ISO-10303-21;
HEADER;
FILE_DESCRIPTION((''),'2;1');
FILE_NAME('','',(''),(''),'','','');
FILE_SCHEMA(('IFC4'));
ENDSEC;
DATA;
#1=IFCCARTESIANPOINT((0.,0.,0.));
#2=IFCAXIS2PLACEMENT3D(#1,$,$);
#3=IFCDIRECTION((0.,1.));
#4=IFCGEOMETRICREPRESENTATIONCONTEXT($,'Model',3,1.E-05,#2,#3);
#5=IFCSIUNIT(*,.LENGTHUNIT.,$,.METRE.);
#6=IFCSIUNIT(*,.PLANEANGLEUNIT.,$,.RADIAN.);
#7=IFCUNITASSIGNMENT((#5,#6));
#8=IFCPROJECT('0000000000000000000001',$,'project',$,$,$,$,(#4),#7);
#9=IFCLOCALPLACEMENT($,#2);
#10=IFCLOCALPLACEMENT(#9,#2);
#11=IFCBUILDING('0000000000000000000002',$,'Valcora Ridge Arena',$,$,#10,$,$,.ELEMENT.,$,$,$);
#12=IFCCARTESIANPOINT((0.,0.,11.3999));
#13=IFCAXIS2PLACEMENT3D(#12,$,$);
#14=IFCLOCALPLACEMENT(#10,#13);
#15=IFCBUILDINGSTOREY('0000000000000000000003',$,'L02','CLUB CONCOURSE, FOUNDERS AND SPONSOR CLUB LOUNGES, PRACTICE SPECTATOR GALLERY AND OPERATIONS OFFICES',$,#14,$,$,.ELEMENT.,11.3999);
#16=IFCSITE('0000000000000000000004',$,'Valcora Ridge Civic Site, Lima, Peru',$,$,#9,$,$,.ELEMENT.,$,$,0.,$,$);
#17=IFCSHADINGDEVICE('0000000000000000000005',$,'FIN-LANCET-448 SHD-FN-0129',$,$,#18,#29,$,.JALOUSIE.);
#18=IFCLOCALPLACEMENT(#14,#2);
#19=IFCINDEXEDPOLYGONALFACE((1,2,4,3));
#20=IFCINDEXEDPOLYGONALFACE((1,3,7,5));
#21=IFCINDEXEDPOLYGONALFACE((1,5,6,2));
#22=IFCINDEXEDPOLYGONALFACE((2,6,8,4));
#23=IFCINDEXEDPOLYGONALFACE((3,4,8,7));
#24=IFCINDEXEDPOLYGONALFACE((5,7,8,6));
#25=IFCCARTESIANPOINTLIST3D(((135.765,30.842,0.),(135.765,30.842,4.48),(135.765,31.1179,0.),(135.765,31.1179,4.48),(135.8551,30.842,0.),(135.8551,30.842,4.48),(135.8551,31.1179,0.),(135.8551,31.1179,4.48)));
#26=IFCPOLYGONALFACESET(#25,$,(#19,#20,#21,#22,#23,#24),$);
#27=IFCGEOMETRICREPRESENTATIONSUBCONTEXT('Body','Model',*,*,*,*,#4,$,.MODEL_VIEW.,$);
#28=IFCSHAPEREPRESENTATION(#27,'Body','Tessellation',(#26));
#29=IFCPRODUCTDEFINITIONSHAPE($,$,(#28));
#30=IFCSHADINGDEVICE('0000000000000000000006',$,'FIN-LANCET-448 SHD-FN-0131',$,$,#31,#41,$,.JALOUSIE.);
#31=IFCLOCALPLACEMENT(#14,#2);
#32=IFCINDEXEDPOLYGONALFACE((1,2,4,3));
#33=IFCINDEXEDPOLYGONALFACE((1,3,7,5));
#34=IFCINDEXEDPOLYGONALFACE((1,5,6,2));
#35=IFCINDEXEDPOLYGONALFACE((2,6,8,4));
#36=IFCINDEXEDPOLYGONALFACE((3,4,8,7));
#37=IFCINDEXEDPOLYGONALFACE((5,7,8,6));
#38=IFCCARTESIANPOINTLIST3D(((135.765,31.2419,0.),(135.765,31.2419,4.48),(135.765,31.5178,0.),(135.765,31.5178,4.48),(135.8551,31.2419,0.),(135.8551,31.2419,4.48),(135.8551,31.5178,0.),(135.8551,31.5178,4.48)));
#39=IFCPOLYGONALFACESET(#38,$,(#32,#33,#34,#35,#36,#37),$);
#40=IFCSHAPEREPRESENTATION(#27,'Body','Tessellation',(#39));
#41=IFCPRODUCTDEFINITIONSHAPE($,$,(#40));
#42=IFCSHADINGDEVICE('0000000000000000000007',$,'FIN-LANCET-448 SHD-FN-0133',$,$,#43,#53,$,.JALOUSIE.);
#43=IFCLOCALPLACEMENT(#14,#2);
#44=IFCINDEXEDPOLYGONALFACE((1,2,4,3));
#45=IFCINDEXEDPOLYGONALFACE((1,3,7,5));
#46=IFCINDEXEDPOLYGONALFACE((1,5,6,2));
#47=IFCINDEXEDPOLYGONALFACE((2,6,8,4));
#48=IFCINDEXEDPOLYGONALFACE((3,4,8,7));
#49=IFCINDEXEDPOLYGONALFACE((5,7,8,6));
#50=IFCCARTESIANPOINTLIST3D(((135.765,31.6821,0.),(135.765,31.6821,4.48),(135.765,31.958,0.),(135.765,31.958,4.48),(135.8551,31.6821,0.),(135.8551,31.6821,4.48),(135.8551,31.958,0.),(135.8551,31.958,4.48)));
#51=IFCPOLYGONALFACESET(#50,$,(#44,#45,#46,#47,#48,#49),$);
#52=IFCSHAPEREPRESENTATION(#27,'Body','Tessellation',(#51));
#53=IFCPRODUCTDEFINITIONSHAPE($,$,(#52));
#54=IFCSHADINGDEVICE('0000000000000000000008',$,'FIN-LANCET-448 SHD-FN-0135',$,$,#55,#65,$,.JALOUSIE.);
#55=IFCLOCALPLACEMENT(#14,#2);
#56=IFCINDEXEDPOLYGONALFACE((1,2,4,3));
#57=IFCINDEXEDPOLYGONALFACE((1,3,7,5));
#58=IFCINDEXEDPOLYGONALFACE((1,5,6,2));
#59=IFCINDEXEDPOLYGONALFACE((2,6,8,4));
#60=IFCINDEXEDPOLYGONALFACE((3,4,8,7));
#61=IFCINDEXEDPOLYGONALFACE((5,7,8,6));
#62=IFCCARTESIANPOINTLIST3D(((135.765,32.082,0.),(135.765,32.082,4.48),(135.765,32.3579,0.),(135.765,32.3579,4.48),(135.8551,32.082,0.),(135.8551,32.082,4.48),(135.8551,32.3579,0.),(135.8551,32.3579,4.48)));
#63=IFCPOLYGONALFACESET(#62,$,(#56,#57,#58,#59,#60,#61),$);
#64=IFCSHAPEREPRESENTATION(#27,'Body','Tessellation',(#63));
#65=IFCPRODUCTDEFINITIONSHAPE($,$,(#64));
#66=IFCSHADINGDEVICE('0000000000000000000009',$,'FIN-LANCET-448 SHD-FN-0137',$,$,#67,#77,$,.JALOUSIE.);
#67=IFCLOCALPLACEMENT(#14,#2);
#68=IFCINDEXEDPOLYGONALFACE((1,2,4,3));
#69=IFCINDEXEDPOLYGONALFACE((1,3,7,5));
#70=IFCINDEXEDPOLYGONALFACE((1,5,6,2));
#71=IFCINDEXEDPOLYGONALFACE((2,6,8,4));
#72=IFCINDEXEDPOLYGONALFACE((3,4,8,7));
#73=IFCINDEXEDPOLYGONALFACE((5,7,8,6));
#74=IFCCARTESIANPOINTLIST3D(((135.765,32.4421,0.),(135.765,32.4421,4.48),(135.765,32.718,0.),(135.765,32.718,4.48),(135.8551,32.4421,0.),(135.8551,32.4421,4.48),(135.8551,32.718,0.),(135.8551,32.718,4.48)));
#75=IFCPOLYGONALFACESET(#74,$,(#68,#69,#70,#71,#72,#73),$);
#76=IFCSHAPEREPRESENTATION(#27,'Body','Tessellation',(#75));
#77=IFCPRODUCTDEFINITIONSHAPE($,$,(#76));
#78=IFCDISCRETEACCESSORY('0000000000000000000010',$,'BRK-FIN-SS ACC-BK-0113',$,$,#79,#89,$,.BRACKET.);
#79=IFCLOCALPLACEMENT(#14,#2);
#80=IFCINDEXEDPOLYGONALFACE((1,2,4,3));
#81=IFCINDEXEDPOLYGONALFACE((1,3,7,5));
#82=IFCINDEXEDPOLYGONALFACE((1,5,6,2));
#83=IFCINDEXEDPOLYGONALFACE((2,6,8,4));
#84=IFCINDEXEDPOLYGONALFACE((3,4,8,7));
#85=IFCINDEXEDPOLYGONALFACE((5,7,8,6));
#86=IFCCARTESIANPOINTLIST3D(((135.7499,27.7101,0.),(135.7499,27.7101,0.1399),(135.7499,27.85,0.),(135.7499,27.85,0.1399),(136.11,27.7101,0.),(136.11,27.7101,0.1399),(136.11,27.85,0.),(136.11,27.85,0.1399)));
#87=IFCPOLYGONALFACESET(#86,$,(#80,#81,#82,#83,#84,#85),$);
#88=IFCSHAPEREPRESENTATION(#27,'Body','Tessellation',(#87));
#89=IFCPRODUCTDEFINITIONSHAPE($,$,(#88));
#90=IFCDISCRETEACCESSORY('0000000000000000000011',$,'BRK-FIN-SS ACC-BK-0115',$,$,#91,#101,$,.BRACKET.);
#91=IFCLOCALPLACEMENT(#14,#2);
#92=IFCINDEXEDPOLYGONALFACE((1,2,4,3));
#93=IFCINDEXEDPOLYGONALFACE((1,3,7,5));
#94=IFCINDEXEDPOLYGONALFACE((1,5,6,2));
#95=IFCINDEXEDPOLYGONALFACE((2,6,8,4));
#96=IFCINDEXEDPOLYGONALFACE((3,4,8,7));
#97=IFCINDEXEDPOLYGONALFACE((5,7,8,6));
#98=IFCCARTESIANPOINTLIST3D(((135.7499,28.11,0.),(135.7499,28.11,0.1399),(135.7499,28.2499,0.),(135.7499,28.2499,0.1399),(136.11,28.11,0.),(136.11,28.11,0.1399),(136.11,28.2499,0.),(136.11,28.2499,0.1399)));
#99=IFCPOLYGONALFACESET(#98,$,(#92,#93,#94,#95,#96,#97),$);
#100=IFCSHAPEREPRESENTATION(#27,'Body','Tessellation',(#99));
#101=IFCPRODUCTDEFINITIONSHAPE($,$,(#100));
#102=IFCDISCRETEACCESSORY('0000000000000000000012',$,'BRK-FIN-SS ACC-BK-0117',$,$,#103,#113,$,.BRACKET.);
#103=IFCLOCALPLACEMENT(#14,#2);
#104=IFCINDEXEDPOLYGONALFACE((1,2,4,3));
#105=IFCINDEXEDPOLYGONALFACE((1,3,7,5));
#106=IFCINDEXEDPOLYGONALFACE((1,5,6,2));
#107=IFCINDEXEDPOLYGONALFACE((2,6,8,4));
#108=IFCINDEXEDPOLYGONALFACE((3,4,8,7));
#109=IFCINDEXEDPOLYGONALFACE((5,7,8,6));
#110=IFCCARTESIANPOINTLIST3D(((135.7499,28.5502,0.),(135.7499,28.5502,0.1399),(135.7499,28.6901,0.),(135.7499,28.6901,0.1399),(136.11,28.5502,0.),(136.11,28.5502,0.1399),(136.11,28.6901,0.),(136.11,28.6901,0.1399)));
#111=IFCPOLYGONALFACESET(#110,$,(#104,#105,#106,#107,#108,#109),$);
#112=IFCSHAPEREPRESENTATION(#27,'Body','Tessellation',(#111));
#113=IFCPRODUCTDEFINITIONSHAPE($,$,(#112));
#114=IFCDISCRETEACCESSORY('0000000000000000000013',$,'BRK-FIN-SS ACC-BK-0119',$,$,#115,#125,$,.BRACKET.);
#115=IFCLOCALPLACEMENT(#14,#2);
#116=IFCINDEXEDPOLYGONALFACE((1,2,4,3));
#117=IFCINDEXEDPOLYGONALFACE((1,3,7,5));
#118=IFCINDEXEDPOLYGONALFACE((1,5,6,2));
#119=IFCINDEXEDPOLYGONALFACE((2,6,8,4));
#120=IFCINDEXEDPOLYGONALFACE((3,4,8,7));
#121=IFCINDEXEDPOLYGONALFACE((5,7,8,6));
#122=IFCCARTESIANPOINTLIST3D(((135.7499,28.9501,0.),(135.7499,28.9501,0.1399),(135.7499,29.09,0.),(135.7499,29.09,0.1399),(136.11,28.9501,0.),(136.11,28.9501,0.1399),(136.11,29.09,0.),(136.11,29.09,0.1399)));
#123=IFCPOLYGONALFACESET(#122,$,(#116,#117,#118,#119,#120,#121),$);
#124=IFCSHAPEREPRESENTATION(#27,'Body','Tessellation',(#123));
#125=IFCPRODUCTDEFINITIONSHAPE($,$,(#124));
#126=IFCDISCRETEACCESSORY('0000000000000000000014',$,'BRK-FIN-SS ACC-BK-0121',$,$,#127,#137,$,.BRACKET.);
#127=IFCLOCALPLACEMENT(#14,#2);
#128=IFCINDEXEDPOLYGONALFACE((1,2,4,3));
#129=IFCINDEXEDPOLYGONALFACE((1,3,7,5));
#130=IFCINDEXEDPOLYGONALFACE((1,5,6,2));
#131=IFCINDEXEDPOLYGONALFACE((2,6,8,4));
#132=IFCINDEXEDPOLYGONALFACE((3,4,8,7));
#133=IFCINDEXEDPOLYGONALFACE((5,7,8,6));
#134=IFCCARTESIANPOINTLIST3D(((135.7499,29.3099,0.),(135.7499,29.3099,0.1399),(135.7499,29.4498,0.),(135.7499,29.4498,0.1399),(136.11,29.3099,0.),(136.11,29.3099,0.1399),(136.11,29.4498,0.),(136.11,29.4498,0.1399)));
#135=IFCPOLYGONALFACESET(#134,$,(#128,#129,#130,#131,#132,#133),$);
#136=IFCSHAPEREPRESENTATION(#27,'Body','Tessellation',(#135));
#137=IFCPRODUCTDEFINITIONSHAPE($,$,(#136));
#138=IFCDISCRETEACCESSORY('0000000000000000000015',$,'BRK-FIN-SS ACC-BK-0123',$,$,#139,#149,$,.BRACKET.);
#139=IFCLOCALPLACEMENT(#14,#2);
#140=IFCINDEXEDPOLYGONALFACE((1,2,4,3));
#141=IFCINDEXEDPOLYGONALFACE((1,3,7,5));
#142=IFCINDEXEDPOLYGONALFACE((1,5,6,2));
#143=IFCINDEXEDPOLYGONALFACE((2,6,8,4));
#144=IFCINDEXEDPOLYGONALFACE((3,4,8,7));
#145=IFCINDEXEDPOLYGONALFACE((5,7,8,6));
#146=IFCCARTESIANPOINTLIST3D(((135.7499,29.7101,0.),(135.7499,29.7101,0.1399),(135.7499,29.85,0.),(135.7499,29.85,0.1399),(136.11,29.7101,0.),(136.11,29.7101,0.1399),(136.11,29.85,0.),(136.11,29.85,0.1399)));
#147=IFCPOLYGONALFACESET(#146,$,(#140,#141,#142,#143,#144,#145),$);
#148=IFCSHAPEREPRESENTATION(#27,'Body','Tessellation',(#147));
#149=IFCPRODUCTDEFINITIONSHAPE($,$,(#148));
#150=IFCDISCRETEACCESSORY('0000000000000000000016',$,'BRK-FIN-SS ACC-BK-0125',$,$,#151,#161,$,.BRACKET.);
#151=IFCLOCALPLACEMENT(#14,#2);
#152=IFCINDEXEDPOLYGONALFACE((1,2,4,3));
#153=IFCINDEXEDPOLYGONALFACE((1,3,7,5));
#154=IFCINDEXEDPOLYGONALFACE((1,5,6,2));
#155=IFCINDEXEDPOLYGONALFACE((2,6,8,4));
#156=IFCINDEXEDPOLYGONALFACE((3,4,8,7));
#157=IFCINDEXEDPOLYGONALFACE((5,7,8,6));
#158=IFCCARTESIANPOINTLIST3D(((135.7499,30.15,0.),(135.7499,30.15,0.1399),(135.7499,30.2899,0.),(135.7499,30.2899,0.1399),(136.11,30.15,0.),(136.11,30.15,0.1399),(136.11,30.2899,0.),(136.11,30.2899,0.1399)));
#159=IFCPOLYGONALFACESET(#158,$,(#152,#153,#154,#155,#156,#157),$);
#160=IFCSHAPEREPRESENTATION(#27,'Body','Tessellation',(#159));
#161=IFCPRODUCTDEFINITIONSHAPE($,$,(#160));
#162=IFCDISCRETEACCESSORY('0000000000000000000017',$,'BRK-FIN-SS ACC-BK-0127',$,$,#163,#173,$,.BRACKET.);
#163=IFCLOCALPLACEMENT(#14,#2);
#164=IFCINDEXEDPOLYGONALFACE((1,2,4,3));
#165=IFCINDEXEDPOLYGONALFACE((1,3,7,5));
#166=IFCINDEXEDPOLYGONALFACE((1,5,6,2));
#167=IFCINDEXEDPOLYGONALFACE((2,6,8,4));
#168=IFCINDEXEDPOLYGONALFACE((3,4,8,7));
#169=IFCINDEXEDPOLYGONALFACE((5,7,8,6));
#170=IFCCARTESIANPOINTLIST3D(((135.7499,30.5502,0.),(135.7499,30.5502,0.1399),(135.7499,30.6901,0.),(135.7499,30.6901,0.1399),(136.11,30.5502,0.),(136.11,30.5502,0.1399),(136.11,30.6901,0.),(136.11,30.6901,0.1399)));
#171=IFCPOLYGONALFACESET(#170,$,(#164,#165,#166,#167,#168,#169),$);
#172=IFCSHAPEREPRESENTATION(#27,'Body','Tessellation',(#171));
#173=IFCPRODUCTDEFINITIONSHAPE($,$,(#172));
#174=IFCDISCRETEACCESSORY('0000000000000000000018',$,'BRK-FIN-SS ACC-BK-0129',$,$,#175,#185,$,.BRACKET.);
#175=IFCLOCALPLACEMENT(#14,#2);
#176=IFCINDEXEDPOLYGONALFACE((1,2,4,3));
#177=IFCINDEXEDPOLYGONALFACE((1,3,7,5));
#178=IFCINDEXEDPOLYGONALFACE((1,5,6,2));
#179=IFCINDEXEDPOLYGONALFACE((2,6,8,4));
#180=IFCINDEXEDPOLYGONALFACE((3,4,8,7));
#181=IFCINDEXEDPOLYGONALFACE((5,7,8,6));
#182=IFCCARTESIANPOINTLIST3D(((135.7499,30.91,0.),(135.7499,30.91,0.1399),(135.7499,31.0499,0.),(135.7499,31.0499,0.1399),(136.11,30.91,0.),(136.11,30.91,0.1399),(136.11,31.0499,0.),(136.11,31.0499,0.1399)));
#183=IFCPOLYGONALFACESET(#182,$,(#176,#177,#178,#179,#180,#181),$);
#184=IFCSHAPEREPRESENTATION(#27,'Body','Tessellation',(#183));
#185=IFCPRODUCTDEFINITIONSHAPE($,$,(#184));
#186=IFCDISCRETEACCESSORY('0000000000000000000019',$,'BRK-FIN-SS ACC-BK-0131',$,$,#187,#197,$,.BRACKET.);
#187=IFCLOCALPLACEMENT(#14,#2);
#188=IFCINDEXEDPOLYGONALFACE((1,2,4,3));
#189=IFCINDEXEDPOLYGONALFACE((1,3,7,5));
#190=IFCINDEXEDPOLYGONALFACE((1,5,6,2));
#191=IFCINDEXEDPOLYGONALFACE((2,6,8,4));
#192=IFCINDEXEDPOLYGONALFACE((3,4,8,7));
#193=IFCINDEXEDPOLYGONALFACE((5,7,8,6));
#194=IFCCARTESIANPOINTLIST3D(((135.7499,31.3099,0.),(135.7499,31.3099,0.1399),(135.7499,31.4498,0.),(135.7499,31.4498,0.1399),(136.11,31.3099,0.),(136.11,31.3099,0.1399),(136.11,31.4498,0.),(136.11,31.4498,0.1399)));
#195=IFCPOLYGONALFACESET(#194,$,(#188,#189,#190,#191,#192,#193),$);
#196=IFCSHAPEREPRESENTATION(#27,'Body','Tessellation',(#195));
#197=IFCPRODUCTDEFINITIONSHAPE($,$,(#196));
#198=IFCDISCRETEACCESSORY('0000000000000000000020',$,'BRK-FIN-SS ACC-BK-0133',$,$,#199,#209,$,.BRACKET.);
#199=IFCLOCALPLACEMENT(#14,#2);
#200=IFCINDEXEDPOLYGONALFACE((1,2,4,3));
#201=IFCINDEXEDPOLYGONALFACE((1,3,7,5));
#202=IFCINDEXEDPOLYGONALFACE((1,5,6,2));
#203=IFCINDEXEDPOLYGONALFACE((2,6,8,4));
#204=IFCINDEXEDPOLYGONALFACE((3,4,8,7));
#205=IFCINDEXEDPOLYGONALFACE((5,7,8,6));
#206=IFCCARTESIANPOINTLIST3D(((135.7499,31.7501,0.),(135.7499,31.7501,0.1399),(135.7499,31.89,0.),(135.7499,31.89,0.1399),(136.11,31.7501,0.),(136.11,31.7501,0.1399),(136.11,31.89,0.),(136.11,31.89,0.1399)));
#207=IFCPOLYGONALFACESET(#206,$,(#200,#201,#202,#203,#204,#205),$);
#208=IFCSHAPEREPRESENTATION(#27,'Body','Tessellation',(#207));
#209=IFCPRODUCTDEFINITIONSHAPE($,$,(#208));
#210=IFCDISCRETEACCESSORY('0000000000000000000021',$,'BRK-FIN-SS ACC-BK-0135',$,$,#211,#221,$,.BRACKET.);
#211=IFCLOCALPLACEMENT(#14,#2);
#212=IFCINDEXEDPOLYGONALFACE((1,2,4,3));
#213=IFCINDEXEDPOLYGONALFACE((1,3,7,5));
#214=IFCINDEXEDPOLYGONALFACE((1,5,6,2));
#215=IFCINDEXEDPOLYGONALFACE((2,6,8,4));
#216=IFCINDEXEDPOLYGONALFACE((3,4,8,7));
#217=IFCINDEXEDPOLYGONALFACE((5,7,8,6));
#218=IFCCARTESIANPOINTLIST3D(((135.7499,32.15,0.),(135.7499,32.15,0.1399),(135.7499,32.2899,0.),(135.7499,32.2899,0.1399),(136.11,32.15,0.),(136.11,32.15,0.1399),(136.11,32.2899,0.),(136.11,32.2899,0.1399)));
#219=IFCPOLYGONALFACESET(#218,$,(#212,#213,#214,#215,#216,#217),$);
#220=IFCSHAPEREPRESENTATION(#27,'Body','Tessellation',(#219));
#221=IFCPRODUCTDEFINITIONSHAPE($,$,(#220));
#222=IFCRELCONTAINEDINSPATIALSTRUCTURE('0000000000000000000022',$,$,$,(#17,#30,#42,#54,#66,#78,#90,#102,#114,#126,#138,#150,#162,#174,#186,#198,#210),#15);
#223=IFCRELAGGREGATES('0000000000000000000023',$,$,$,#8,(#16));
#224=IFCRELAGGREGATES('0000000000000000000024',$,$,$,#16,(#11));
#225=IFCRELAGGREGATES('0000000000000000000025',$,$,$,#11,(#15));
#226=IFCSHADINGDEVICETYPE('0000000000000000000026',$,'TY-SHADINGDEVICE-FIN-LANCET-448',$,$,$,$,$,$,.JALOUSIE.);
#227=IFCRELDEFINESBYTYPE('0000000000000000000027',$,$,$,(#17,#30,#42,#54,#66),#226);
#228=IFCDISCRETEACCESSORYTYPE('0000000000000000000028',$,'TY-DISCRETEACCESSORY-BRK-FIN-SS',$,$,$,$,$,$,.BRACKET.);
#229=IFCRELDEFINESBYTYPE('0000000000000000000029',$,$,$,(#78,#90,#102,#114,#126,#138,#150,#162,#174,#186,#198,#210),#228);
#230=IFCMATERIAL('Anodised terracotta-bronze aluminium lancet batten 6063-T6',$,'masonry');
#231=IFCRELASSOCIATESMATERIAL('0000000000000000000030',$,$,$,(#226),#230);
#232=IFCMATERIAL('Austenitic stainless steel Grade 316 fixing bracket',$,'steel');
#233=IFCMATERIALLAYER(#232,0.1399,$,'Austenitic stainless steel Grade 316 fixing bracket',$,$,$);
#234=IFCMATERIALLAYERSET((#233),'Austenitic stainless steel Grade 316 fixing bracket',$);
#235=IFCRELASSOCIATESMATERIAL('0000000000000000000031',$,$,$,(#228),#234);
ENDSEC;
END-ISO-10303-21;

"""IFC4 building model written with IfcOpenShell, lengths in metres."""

from ifc_helpers import new_model, si_unit, direction, frame, origin, origin_2d, place, context, subcontext, project, spatial, rectangle, extrude, material, layer, layer_set, material_profile, profile_set, type_object, element, save


model = new_model("IFC4")

# Units and contexts
model_context = context("Model", 3, precision=1e-05, world=origin(), true_north=direction((0.0, 1.0)))
body_context = subcontext(model_context, "Body", "Model", "MODEL_VIEW")
ifc_project = project(units=[si_unit("LENGTHUNIT", "METRE"), si_unit("PLANEANGLEUNIT", "RADIAN")], contexts=[model_context])

# Site, building, storey
site_placement = place(None, origin())
site = spatial("IfcSite", under=ifc_project, at=site_placement, Name="Valcora Ridge Civic Site, Lima, Peru", CompositionType="ELEMENT", RefElevation=0.0)
building_placement = place(site_placement, origin())
building = spatial("IfcBuilding", under=site, at=building_placement, Name="Valcora Ridge Arena", CompositionType="ELEMENT")
storey_placement = place(building_placement, frame((0.0, 0.0, 11.3999)))
storey = spatial("IfcBuildingStorey", under=building, at=storey_placement, Name="L02", Description="CLUB CONCOURSE, FOUNDERS AND SPONSOR CLUB LOUNGES, PRACTICE SPECTATOR GALLERY AND OPERATIONS OFFICES", CompositionType="ELEMENT", Elevation=11.3999)

# Shared definitions
ifc_material_1 = material(Name="Anodised terracotta-bronze aluminium lancet batten 6063-T6", Category="masonry")

# Shading devices
ifc_material_profile = material_profile(ifc_material_1, rectangle(XDim=0.0901, YDim=0.2759, at=origin_2d()), Name="ALU LANCET BATTEN 90x276")
ifc_profile_set = profile_set([ifc_material_profile], Name="Anodised terracotta-bronze aluminium lancet batten 6063-T6")
shading_device_type = type_object("IfcShadingDeviceType", Name="TY-SHADINGDEVICE-FIN-LANCET-448", PredefinedType="JALOUSIE", material=ifc_profile_set)
for number, where, z_axis, x_axis, name in (
    (1, (135.8101, 30.98, 0.0), (0.0, 0.0, 1.0), (1.0, 0.0, 0.0), "FIN-LANCET-448 SHD-FN-0129"),
    (2, (135.8101, 31.3799, 0.0), (0.0, 0.0, 1.0), (1.0, 0.0, 0.0), "FIN-LANCET-448 SHD-FN-0131"),
    (3, (135.8101, 31.8201, 0.0), (0.0, 0.0, 1.0), (1.0, 0.0, 0.0), "FIN-LANCET-448 SHD-FN-0133"),
    (4, (135.8101, 32.22, 0.0), (0.0, 0.0, 1.0), (1.0, 0.0, 0.0), "FIN-LANCET-448 SHD-FN-0135"),
    (5, (135.8101, 32.5801, 0.0), (0.0, 0.0, 1.0), (1.0, 0.0, 0.0), "FIN-LANCET-448 SHD-FN-0137"),
):
    element("IfcShadingDevice", number, at=place(storey_placement, frame(where, z_axis=z_axis, x_axis=x_axis)), inside=storey, type_object=shading_device_type, Name=name, PredefinedType="JALOUSIE", context=body_context, shape_type="SweptSolid", body=[
        extrude(rectangle(XDim=0.0901, YDim=0.2759, at=origin_2d()), origin(), (0.0, 0.0, 1.0), 4.48),
    ])

# Discrete accessories
ifc_material_2 = material(Name="Austenitic stainless steel Grade 316 fixing bracket", Category="steel")
ifc_layer_1 = layer(ifc_material_2, 0.1399, Name="Austenitic stainless steel Grade 316 fixing bracket")
ifc_layer_set_1 = layer_set([ifc_layer_1], Name="Austenitic stainless steel Grade 316 fixing bracket")
discrete_accessory_type = type_object("IfcDiscreteAccessoryType", Name="TY-DISCRETEACCESSORY-BRK-FIN-SS", PredefinedType="BRACKET", material=ifc_layer_set_1)
for number, where, z_axis, x_axis, name in (
    (6, (135.9299, 27.78, 0.0), (0.0, 0.0, 1.0), (1.0, 0.0, 0.0), "BRK-FIN-SS ACC-BK-0113"),
    (7, (135.9299, 28.1799, 0.0), (0.0, 0.0, 1.0), (1.0, 0.0, 0.0), "BRK-FIN-SS ACC-BK-0115"),
    (8, (135.9299, 28.6201, 0.0), (0.0, 0.0, 1.0), (1.0, 0.0, 0.0), "BRK-FIN-SS ACC-BK-0117"),
    (9, (135.9299, 29.02, 0.0), (0.0, 0.0, 1.0), (1.0, 0.0, 0.0), "BRK-FIN-SS ACC-BK-0119"),
    (10, (135.9299, 29.3799, 0.0), (0.0, 0.0, 1.0), (1.0, 0.0, 0.0), "BRK-FIN-SS ACC-BK-0121"),
    (11, (135.9299, 29.78, 0.0), (0.0, 0.0, 1.0), (1.0, 0.0, 0.0), "BRK-FIN-SS ACC-BK-0123"),
    (12, (135.9299, 30.22, 0.0), (0.0, 0.0, 1.0), (1.0, 0.0, 0.0), "BRK-FIN-SS ACC-BK-0125"),
    (13, (135.9299, 30.6201, 0.0), (0.0, 0.0, 1.0), (1.0, 0.0, 0.0), "BRK-FIN-SS ACC-BK-0127"),
    (14, (135.9299, 30.98, 0.0), (0.0, 0.0, 1.0), (1.0, 0.0, 0.0), "BRK-FIN-SS ACC-BK-0129"),
    (15, (135.9299, 31.3799, 0.0), (0.0, 0.0, 1.0), (1.0, 0.0, 0.0), "BRK-FIN-SS ACC-BK-0131"),
    (16, (135.9299, 31.8201, 0.0), (0.0, 0.0, 1.0), (1.0, 0.0, 0.0), "BRK-FIN-SS ACC-BK-0133"),
    (17, (135.9299, 32.22, 0.0), (0.0, 0.0, 1.0), (1.0, 0.0, 0.0), "BRK-FIN-SS ACC-BK-0135"),
):
    element("IfcDiscreteAccessory", number, at=place(storey_placement, frame(where, z_axis=z_axis, x_axis=x_axis)), inside=storey, type_object=discrete_accessory_type, Name=name, PredefinedType="BRACKET", context=body_context, shape_type="SweptSolid", body=[
        extrude(rectangle(XDim=0.3601, YDim=0.1399, at=origin_2d()), origin(), (0.0, 0.0, 1.0), 0.1399),
    ])

save(model, "model.ifc")
